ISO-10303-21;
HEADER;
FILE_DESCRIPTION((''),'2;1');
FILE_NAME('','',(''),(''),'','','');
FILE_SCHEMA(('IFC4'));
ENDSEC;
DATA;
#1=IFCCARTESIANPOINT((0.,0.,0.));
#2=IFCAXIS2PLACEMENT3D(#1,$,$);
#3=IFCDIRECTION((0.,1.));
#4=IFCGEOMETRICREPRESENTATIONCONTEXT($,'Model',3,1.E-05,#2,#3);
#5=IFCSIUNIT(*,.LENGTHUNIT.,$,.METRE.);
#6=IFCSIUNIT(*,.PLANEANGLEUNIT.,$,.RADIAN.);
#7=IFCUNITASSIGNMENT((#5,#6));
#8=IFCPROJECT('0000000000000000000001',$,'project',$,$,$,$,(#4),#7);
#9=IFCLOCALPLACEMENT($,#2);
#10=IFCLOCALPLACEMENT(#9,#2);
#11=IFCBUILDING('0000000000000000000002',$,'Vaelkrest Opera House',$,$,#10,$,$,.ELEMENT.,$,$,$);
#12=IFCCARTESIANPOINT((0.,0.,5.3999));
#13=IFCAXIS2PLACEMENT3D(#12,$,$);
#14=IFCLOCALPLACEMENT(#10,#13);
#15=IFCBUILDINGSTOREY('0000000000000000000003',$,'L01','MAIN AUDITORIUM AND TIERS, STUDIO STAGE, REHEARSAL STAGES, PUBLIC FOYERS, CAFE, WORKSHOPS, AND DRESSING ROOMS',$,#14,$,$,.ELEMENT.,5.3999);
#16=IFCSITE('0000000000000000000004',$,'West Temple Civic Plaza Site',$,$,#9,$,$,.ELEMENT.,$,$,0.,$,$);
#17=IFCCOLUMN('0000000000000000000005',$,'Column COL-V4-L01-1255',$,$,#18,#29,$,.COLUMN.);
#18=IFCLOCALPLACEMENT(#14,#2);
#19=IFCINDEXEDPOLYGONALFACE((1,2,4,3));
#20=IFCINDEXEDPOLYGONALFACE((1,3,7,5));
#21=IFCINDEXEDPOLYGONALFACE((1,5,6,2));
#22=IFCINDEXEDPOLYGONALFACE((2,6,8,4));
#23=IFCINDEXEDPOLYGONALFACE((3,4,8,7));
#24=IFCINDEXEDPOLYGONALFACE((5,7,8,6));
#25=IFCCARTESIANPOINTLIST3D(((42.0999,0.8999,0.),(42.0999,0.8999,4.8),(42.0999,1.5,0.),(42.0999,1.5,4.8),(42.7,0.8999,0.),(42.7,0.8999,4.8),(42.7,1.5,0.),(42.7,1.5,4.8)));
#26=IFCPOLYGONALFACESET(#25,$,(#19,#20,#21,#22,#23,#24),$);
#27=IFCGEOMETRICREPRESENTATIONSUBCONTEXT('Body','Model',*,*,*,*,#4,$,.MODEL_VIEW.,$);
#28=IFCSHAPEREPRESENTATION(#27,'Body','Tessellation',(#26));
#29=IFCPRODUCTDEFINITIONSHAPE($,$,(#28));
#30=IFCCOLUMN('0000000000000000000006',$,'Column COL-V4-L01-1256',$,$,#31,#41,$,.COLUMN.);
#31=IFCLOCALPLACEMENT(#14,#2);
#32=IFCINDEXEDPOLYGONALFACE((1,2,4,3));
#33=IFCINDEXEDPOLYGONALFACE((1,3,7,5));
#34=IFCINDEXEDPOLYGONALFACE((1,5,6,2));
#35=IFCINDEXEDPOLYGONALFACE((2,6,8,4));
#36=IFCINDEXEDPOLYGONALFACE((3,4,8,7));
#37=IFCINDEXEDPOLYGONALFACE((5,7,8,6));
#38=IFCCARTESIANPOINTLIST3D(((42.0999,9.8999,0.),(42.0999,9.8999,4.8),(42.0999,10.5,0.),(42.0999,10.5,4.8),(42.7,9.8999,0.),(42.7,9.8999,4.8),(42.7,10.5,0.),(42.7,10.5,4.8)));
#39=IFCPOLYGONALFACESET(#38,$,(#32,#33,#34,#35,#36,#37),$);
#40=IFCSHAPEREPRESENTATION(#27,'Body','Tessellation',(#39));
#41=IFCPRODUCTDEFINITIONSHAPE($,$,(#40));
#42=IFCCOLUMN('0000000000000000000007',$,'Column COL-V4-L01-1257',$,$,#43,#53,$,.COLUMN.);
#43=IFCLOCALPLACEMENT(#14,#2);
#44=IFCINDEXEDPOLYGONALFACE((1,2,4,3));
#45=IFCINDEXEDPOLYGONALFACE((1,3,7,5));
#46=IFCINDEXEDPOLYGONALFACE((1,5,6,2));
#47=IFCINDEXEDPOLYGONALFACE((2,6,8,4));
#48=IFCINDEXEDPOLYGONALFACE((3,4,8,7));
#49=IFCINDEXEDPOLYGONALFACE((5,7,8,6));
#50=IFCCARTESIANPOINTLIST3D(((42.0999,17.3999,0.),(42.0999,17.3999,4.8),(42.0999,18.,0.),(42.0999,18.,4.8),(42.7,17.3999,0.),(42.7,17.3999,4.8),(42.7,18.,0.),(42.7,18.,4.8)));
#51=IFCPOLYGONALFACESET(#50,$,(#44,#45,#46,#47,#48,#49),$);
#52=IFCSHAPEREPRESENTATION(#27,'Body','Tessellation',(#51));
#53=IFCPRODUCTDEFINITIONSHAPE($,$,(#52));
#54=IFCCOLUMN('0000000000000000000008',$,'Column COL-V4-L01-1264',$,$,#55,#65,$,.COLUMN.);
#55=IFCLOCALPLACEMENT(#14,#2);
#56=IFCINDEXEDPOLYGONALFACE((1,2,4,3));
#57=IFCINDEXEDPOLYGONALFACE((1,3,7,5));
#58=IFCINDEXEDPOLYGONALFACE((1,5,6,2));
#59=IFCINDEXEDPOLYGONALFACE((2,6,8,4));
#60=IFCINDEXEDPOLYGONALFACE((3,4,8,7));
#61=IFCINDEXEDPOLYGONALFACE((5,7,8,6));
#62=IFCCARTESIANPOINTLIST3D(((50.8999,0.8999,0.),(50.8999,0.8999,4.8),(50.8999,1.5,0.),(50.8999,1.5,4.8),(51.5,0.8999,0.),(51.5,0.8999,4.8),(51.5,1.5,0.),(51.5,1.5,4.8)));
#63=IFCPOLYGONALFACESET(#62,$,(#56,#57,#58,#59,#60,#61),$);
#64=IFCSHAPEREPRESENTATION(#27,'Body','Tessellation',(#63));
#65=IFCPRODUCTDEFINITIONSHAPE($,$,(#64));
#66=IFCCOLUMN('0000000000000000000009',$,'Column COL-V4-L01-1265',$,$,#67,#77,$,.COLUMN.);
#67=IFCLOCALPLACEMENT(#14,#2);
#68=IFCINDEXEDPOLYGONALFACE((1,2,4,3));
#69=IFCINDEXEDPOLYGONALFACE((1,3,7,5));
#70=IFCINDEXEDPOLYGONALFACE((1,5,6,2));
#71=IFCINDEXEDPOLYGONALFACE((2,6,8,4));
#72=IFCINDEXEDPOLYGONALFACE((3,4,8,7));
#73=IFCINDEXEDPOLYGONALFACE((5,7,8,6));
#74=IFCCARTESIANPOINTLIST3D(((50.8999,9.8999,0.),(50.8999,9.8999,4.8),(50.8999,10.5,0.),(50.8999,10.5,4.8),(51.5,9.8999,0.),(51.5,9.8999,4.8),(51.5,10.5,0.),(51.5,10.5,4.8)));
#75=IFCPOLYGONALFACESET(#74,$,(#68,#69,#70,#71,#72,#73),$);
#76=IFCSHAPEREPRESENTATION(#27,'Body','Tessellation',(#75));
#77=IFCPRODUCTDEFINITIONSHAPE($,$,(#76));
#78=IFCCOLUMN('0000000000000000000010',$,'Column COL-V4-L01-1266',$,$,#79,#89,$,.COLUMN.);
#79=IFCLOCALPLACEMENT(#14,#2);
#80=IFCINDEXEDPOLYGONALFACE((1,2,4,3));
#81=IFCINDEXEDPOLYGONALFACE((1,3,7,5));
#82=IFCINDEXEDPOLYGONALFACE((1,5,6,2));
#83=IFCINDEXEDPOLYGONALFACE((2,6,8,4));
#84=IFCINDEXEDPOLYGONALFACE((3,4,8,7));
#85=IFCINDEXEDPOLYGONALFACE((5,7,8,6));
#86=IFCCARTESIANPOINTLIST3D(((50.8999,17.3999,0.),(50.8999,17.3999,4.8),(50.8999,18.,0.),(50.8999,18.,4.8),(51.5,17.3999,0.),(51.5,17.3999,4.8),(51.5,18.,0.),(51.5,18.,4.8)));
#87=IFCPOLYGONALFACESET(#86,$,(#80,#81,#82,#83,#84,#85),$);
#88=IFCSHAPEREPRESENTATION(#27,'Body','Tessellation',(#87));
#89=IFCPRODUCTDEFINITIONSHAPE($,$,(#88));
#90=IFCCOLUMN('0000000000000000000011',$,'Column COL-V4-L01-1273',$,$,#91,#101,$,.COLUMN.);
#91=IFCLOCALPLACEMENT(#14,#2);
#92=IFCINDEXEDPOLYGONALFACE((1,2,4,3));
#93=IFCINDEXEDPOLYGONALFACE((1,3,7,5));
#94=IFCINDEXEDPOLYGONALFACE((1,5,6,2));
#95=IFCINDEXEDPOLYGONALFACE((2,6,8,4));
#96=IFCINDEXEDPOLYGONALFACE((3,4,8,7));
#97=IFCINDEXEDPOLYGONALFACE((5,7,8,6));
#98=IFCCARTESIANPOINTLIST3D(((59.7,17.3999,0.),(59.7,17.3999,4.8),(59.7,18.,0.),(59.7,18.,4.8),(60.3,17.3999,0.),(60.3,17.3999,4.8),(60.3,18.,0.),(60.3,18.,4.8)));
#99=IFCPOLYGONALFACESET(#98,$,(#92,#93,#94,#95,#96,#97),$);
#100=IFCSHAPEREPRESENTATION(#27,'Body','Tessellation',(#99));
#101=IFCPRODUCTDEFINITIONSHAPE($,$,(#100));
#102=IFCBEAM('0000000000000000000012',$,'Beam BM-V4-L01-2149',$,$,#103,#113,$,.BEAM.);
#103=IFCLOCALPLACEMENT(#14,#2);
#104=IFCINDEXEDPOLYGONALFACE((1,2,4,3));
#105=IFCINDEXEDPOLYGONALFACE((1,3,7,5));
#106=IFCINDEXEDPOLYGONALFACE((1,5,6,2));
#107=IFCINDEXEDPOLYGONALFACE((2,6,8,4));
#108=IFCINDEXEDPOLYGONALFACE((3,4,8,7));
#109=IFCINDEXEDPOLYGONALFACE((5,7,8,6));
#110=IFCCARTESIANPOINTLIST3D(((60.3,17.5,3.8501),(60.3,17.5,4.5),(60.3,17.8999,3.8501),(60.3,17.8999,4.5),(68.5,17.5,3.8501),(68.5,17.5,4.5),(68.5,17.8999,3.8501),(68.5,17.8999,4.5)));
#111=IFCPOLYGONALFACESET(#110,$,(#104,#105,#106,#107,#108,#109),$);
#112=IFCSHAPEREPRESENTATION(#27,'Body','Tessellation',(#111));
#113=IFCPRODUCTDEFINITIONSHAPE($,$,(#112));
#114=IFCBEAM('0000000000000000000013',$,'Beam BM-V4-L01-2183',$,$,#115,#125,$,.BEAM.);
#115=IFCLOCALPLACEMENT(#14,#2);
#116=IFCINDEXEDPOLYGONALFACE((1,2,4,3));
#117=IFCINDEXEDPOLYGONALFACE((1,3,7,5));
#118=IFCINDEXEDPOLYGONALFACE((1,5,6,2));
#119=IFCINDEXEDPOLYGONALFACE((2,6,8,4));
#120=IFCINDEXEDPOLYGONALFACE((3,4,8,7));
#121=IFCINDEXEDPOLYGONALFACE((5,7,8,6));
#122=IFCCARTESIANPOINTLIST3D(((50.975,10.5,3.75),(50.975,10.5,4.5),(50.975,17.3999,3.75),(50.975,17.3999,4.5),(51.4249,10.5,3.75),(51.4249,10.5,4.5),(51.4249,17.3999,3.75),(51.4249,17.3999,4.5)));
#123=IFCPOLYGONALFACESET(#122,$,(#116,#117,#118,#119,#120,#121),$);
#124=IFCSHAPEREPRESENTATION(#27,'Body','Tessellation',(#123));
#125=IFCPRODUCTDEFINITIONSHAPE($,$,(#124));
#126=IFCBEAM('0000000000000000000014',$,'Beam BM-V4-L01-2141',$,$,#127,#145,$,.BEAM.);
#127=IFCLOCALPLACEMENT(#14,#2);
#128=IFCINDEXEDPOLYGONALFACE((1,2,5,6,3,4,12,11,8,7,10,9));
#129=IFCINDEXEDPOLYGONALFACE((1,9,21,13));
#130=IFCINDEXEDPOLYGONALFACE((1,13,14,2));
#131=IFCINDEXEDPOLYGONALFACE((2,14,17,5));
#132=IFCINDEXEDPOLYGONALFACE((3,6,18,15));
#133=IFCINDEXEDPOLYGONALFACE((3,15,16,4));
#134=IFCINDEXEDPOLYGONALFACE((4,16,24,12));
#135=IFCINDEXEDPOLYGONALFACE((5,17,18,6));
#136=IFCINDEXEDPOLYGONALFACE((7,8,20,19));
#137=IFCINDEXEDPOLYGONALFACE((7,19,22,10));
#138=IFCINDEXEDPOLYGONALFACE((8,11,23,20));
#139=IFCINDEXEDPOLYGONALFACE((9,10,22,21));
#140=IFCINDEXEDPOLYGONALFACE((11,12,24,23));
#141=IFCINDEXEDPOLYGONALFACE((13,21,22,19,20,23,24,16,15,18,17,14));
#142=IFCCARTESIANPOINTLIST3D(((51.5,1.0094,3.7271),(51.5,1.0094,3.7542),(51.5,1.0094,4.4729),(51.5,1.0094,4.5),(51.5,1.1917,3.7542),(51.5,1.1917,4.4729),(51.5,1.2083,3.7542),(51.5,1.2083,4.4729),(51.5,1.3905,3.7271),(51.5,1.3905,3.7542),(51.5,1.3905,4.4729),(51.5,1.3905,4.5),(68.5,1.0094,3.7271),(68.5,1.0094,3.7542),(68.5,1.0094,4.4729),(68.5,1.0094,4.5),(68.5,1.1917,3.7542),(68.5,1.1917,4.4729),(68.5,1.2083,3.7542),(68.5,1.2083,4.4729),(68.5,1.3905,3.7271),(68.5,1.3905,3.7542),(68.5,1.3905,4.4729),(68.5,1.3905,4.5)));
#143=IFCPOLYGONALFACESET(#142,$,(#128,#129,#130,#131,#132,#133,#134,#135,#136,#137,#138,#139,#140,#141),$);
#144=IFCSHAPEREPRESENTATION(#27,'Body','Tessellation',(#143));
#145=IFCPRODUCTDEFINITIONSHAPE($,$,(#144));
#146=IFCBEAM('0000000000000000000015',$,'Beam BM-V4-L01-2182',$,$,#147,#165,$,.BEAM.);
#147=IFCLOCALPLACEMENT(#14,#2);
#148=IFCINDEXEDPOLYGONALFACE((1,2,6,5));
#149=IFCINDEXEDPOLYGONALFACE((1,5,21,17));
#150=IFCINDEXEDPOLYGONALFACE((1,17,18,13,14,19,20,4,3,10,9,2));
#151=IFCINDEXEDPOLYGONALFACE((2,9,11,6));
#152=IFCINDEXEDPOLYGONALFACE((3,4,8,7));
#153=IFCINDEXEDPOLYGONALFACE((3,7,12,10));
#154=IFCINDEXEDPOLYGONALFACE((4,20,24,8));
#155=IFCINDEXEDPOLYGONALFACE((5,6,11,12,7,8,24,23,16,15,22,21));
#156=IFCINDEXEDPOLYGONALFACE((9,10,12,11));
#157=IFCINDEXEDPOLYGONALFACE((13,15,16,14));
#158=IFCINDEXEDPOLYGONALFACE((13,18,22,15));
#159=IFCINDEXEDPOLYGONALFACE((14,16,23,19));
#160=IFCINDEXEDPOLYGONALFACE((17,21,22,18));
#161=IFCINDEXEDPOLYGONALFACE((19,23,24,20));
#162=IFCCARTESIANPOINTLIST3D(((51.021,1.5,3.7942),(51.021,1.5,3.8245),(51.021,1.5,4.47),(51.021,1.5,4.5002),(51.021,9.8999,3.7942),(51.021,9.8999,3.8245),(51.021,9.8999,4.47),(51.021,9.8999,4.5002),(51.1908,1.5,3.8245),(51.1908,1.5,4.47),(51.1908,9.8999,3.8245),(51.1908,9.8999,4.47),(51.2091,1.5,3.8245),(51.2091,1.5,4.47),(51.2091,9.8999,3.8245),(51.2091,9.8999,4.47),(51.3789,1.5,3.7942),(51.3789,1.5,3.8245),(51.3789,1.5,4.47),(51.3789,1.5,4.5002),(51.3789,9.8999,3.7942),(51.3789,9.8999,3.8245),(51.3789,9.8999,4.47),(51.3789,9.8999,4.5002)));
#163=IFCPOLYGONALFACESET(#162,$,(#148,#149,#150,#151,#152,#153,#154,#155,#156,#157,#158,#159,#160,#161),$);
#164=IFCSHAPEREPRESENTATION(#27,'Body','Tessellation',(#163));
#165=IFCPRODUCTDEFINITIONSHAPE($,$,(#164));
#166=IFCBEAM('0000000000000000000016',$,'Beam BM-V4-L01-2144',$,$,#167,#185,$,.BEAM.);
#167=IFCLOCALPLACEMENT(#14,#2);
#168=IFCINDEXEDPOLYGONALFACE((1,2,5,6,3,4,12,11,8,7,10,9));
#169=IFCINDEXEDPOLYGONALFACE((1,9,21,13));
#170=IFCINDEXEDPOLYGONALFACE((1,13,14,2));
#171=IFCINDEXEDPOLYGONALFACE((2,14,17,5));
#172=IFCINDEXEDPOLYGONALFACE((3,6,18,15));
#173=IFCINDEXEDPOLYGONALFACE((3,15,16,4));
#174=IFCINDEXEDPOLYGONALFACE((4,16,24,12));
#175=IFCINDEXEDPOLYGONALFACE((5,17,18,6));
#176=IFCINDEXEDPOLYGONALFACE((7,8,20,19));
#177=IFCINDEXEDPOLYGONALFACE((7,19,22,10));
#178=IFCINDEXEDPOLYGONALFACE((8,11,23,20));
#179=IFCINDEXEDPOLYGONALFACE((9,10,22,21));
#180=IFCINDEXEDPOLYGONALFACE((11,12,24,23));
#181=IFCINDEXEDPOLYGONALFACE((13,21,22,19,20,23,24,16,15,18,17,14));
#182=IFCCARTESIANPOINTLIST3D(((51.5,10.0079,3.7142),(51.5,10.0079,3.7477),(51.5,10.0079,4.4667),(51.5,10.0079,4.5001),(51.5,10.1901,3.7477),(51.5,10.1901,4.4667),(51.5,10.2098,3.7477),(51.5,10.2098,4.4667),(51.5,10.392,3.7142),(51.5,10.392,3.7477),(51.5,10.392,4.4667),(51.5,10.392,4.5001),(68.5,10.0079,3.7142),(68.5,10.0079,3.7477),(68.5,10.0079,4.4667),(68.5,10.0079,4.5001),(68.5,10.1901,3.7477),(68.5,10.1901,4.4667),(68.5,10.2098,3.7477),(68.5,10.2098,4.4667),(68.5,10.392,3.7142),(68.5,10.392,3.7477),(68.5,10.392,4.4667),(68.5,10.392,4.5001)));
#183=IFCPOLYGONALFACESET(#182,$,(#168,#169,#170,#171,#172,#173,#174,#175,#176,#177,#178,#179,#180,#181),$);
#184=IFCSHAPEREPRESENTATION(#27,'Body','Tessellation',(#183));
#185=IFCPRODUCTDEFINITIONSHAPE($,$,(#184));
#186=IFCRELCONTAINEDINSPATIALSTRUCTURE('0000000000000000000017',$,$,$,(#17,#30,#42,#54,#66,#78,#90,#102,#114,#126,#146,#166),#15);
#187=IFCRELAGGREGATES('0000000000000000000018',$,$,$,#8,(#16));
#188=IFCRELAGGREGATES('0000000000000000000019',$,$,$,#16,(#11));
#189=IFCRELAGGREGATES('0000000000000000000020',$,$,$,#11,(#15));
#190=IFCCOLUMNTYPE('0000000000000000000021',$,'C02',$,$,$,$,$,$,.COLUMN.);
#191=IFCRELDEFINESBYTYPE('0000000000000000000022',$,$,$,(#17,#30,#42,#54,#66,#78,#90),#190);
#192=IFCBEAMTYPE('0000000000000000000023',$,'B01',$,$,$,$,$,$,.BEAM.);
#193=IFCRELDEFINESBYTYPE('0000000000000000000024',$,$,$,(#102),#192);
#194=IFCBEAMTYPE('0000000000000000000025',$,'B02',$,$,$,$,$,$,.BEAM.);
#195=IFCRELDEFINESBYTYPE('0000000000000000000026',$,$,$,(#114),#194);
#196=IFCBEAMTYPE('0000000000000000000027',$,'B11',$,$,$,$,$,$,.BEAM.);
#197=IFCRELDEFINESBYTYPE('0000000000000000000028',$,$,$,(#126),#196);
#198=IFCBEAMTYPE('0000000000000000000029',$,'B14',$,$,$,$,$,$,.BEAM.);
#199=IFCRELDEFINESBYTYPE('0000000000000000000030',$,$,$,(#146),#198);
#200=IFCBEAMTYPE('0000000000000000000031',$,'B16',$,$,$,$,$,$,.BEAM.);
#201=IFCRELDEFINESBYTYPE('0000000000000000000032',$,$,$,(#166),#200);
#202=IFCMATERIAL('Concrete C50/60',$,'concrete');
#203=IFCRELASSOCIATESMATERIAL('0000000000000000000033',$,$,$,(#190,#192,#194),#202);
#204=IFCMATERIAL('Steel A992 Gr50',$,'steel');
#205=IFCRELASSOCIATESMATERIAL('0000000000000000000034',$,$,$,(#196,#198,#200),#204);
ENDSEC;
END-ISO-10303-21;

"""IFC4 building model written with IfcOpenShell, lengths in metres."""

from ifc_helpers import new_model, si_unit, direction, frame, origin, origin_2d, place, context, subcontext, project, spatial, rectangle, i_section, extrude, material, material_profile, profile_set, type_object, element, save


model = new_model("IFC4")

# Units and contexts
model_context = context("Model", 3, precision=1e-05, world=origin(), true_north=direction((0.0, 1.0)))
body_context = subcontext(model_context, "Body", "Model", "MODEL_VIEW")
ifc_project = project(units=[si_unit("LENGTHUNIT", "METRE"), si_unit("PLANEANGLEUNIT", "RADIAN")], contexts=[model_context])

# Site, building, storey
site_placement = place(None, origin())
site = spatial("IfcSite", under=ifc_project, at=site_placement, Name="West Temple Civic Plaza Site", CompositionType="ELEMENT", RefElevation=0.0)
building_placement = place(site_placement, origin())
building = spatial("IfcBuilding", under=site, at=building_placement, Name="Vaelkrest Opera House", CompositionType="ELEMENT")
storey_placement = place(building_placement, frame((0.0, 0.0, 5.3999)))
storey = spatial("IfcBuildingStorey", under=building, at=storey_placement, Name="L01", Description="MAIN AUDITORIUM AND TIERS, STUDIO STAGE, REHEARSAL STAGES, PUBLIC FOYERS, CAFE, WORKSHOPS, AND DRESSING ROOMS", CompositionType="ELEMENT", Elevation=5.3999)

# Columns
ifc_material_1 = material(Name="Concrete C50/60", Category="concrete")
ifc_material_profile_1 = material_profile(ifc_material_1, rectangle(XDim=0.6001, YDim=0.6001, at=origin_2d()), Name="RC600X600")
ifc_profile_set_1 = profile_set([ifc_material_profile_1], Name="Concrete C50/60")
column_type = type_object("IfcColumnType", Name="C02", PredefinedType="COLUMN", material=ifc_profile_set_1)
for number, where, z_axis, x_axis, name in (
    (1, (42.3999, 1.2, 0.0), (0.0, 0.0, 1.0), (1.0, 0.0, 0.0), "Column COL-V4-L01-1255"),
    (2, (42.3999, 10.2, 0.0), (0.0, 0.0, 1.0), (1.0, 0.0, 0.0), "Column COL-V4-L01-1256"),
    (3, (42.3999, 17.7, 0.0), (0.0, 0.0, 1.0), (1.0, 0.0, 0.0), "Column COL-V4-L01-1257"),
    (4, (51.2, 1.2, 0.0), (0.0, 0.0, 1.0), (1.0, 0.0, 0.0), "Column COL-V4-L01-1264"),
    (5, (51.2, 10.2, 0.0), (0.0, 0.0, 1.0), (1.0, 0.0, 0.0), "Column COL-V4-L01-1265"),
    (6, (51.2, 17.7, 0.0), (0.0, 0.0, 1.0), (1.0, 0.0, 0.0), "Column COL-V4-L01-1266"),
    (7, (60.0, 17.7, 0.0), (0.0, 0.0, 1.0), (1.0, 0.0, 0.0), "Column COL-V4-L01-1273"),
):
    element("IfcColumn", number, at=place(storey_placement, frame(where, z_axis=z_axis, x_axis=x_axis)), inside=storey, type_object=column_type, Name=name, PredefinedType="COLUMN", context=body_context, shape_type="SweptSolid", body=[
        extrude(rectangle(XDim=0.6001, YDim=0.6001, at=origin_2d()), origin(), (0.0, 0.0, 1.0), 4.8),
    ])

# Beams
ifc_material_profile_2 = material_profile(ifc_material_1, rectangle(XDim=0.3999, YDim=0.6499, at=origin_2d()), Name="RCB400X650")
ifc_profile_set_2 = profile_set([ifc_material_profile_2], Name="Concrete C50/60")
beam_type_1 = type_object("IfcBeamType", Name="B01", PredefinedType="BEAM", material=ifc_profile_set_2)
beam_1_placement = place(storey_placement, frame((60.3, 17.7, 4.175), z_axis=(1.0, 0.0, 0.0), x_axis=(0.0, 1.0, 0.0)))
element("IfcBeam", 8, at=beam_1_placement, inside=storey, type_object=beam_type_1, Name="Beam BM-V4-L01-2149", PredefinedType="BEAM", context=body_context, shape_type="SweptSolid", body=[
    extrude(rectangle(XDim=0.3999, YDim=0.6499, at=origin_2d()), origin(), (0.0, 0.0, 1.0), 8.2),
])
ifc_material_profile_3 = material_profile(ifc_material_1, rectangle(XDim=0.45, YDim=0.75, at=origin_2d()), Name="RCB450X750")
ifc_profile_set_3 = profile_set([ifc_material_profile_3], Name="Concrete C50/60")
beam_type_2 = type_object("IfcBeamType", Name="B02", PredefinedType="BEAM", material=ifc_profile_set_3)
beam_2_placement = place(storey_placement, frame((51.2, 10.5, 4.125), z_axis=(0.0, 1.0, 0.0), x_axis=(-1.0, 0.0, 0.0)))
element("IfcBeam", 9, at=beam_2_placement, inside=storey, type_object=beam_type_2, Name="Beam BM-V4-L01-2183", PredefinedType="BEAM", context=body_context, shape_type="SweptSolid", body=[
    extrude(rectangle(XDim=0.45, YDim=0.75, at=origin_2d()), origin(), (0.0, 0.0, 1.0), 6.8999),
])
ifc_material_2 = material(Name="Steel A992 Gr50", Category="steel")
ifc_material_profile_4 = material_profile(ifc_material_2, i_section(OverallWidth=0.3811, OverallDepth=0.7729, WebThickness=0.0166, FlangeThickness=0.0271, at=origin_2d()), Name="W30X173")
ifc_profile_set_4 = profile_set([ifc_material_profile_4], Name="Steel A992 Gr50")
beam_type_3 = type_object("IfcBeamType", Name="B11", PredefinedType="BEAM", material=ifc_profile_set_4)
beam_3_placement = place(storey_placement, frame((51.5, 1.2, 4.1135), z_axis=(1.0, 0.0, 0.0), x_axis=(0.0, 1.0, 0.0)))
element("IfcBeam", 10, at=beam_3_placement, inside=storey, type_object=beam_type_3, Name="Beam BM-V4-L01-2141", PredefinedType="BEAM", context=body_context, shape_type="SweptSolid", body=[
    extrude(i_section(OverallWidth=0.3811, OverallDepth=0.7729, WebThickness=0.0166, FlangeThickness=0.0271, at=origin_2d()), origin(), (0.0, 0.0, 1.0), 17.0),
])
ifc_material_profile_5 = material_profile(ifc_material_2, i_section(OverallWidth=0.3579, OverallDepth=0.7061, WebThickness=0.0183, FlangeThickness=0.0303, at=origin_2d()), Name="W27X178")
ifc_profile_set_5 = profile_set([ifc_material_profile_5], Name="Steel A992 Gr50")
beam_type_4 = type_object("IfcBeamType", Name="B14", PredefinedType="BEAM", material=ifc_profile_set_5)
beam_4_placement = place(storey_placement, frame((51.2, 1.5, 4.1472), z_axis=(0.0, 1.0, 0.0), x_axis=(-1.0, 0.0, 0.0)))
element("IfcBeam", 11, at=beam_4_placement, inside=storey, type_object=beam_type_4, Name="Beam BM-V4-L01-2182", PredefinedType="BEAM", context=body_context, shape_type="SweptSolid", body=[
    extrude(i_section(OverallWidth=0.3579, OverallDepth=0.7061, WebThickness=0.0183, FlangeThickness=0.0303, at=origin_2d()), origin(), (0.0, 0.0, 1.0), 8.3999),
])
ifc_material_profile_6 = material_profile(ifc_material_2, i_section(OverallWidth=0.384, OverallDepth=0.7859, WebThickness=0.0198, FlangeThickness=0.0334, at=origin_2d()), Name="W30X211")
ifc_profile_set_6 = profile_set([ifc_material_profile_6], Name="Steel A992 Gr50")
beam_type_5 = type_object("IfcBeamType", Name="B16", PredefinedType="BEAM", material=ifc_profile_set_6)
beam_5_placement = place(storey_placement, frame((51.5, 10.2, 4.1072), z_axis=(1.0, 0.0, 0.0), x_axis=(0.0, 1.0, 0.0)))
element("IfcBeam", 12, at=beam_5_placement, inside=storey, type_object=beam_type_5, Name="Beam BM-V4-L01-2144", PredefinedType="BEAM", context=body_context, shape_type="SweptSolid", body=[
    extrude(i_section(OverallWidth=0.384, OverallDepth=0.7859, WebThickness=0.0198, FlangeThickness=0.0334, at=origin_2d()), origin(), (0.0, 0.0, 1.0), 17.0),
])

save(model, "model.ifc")
